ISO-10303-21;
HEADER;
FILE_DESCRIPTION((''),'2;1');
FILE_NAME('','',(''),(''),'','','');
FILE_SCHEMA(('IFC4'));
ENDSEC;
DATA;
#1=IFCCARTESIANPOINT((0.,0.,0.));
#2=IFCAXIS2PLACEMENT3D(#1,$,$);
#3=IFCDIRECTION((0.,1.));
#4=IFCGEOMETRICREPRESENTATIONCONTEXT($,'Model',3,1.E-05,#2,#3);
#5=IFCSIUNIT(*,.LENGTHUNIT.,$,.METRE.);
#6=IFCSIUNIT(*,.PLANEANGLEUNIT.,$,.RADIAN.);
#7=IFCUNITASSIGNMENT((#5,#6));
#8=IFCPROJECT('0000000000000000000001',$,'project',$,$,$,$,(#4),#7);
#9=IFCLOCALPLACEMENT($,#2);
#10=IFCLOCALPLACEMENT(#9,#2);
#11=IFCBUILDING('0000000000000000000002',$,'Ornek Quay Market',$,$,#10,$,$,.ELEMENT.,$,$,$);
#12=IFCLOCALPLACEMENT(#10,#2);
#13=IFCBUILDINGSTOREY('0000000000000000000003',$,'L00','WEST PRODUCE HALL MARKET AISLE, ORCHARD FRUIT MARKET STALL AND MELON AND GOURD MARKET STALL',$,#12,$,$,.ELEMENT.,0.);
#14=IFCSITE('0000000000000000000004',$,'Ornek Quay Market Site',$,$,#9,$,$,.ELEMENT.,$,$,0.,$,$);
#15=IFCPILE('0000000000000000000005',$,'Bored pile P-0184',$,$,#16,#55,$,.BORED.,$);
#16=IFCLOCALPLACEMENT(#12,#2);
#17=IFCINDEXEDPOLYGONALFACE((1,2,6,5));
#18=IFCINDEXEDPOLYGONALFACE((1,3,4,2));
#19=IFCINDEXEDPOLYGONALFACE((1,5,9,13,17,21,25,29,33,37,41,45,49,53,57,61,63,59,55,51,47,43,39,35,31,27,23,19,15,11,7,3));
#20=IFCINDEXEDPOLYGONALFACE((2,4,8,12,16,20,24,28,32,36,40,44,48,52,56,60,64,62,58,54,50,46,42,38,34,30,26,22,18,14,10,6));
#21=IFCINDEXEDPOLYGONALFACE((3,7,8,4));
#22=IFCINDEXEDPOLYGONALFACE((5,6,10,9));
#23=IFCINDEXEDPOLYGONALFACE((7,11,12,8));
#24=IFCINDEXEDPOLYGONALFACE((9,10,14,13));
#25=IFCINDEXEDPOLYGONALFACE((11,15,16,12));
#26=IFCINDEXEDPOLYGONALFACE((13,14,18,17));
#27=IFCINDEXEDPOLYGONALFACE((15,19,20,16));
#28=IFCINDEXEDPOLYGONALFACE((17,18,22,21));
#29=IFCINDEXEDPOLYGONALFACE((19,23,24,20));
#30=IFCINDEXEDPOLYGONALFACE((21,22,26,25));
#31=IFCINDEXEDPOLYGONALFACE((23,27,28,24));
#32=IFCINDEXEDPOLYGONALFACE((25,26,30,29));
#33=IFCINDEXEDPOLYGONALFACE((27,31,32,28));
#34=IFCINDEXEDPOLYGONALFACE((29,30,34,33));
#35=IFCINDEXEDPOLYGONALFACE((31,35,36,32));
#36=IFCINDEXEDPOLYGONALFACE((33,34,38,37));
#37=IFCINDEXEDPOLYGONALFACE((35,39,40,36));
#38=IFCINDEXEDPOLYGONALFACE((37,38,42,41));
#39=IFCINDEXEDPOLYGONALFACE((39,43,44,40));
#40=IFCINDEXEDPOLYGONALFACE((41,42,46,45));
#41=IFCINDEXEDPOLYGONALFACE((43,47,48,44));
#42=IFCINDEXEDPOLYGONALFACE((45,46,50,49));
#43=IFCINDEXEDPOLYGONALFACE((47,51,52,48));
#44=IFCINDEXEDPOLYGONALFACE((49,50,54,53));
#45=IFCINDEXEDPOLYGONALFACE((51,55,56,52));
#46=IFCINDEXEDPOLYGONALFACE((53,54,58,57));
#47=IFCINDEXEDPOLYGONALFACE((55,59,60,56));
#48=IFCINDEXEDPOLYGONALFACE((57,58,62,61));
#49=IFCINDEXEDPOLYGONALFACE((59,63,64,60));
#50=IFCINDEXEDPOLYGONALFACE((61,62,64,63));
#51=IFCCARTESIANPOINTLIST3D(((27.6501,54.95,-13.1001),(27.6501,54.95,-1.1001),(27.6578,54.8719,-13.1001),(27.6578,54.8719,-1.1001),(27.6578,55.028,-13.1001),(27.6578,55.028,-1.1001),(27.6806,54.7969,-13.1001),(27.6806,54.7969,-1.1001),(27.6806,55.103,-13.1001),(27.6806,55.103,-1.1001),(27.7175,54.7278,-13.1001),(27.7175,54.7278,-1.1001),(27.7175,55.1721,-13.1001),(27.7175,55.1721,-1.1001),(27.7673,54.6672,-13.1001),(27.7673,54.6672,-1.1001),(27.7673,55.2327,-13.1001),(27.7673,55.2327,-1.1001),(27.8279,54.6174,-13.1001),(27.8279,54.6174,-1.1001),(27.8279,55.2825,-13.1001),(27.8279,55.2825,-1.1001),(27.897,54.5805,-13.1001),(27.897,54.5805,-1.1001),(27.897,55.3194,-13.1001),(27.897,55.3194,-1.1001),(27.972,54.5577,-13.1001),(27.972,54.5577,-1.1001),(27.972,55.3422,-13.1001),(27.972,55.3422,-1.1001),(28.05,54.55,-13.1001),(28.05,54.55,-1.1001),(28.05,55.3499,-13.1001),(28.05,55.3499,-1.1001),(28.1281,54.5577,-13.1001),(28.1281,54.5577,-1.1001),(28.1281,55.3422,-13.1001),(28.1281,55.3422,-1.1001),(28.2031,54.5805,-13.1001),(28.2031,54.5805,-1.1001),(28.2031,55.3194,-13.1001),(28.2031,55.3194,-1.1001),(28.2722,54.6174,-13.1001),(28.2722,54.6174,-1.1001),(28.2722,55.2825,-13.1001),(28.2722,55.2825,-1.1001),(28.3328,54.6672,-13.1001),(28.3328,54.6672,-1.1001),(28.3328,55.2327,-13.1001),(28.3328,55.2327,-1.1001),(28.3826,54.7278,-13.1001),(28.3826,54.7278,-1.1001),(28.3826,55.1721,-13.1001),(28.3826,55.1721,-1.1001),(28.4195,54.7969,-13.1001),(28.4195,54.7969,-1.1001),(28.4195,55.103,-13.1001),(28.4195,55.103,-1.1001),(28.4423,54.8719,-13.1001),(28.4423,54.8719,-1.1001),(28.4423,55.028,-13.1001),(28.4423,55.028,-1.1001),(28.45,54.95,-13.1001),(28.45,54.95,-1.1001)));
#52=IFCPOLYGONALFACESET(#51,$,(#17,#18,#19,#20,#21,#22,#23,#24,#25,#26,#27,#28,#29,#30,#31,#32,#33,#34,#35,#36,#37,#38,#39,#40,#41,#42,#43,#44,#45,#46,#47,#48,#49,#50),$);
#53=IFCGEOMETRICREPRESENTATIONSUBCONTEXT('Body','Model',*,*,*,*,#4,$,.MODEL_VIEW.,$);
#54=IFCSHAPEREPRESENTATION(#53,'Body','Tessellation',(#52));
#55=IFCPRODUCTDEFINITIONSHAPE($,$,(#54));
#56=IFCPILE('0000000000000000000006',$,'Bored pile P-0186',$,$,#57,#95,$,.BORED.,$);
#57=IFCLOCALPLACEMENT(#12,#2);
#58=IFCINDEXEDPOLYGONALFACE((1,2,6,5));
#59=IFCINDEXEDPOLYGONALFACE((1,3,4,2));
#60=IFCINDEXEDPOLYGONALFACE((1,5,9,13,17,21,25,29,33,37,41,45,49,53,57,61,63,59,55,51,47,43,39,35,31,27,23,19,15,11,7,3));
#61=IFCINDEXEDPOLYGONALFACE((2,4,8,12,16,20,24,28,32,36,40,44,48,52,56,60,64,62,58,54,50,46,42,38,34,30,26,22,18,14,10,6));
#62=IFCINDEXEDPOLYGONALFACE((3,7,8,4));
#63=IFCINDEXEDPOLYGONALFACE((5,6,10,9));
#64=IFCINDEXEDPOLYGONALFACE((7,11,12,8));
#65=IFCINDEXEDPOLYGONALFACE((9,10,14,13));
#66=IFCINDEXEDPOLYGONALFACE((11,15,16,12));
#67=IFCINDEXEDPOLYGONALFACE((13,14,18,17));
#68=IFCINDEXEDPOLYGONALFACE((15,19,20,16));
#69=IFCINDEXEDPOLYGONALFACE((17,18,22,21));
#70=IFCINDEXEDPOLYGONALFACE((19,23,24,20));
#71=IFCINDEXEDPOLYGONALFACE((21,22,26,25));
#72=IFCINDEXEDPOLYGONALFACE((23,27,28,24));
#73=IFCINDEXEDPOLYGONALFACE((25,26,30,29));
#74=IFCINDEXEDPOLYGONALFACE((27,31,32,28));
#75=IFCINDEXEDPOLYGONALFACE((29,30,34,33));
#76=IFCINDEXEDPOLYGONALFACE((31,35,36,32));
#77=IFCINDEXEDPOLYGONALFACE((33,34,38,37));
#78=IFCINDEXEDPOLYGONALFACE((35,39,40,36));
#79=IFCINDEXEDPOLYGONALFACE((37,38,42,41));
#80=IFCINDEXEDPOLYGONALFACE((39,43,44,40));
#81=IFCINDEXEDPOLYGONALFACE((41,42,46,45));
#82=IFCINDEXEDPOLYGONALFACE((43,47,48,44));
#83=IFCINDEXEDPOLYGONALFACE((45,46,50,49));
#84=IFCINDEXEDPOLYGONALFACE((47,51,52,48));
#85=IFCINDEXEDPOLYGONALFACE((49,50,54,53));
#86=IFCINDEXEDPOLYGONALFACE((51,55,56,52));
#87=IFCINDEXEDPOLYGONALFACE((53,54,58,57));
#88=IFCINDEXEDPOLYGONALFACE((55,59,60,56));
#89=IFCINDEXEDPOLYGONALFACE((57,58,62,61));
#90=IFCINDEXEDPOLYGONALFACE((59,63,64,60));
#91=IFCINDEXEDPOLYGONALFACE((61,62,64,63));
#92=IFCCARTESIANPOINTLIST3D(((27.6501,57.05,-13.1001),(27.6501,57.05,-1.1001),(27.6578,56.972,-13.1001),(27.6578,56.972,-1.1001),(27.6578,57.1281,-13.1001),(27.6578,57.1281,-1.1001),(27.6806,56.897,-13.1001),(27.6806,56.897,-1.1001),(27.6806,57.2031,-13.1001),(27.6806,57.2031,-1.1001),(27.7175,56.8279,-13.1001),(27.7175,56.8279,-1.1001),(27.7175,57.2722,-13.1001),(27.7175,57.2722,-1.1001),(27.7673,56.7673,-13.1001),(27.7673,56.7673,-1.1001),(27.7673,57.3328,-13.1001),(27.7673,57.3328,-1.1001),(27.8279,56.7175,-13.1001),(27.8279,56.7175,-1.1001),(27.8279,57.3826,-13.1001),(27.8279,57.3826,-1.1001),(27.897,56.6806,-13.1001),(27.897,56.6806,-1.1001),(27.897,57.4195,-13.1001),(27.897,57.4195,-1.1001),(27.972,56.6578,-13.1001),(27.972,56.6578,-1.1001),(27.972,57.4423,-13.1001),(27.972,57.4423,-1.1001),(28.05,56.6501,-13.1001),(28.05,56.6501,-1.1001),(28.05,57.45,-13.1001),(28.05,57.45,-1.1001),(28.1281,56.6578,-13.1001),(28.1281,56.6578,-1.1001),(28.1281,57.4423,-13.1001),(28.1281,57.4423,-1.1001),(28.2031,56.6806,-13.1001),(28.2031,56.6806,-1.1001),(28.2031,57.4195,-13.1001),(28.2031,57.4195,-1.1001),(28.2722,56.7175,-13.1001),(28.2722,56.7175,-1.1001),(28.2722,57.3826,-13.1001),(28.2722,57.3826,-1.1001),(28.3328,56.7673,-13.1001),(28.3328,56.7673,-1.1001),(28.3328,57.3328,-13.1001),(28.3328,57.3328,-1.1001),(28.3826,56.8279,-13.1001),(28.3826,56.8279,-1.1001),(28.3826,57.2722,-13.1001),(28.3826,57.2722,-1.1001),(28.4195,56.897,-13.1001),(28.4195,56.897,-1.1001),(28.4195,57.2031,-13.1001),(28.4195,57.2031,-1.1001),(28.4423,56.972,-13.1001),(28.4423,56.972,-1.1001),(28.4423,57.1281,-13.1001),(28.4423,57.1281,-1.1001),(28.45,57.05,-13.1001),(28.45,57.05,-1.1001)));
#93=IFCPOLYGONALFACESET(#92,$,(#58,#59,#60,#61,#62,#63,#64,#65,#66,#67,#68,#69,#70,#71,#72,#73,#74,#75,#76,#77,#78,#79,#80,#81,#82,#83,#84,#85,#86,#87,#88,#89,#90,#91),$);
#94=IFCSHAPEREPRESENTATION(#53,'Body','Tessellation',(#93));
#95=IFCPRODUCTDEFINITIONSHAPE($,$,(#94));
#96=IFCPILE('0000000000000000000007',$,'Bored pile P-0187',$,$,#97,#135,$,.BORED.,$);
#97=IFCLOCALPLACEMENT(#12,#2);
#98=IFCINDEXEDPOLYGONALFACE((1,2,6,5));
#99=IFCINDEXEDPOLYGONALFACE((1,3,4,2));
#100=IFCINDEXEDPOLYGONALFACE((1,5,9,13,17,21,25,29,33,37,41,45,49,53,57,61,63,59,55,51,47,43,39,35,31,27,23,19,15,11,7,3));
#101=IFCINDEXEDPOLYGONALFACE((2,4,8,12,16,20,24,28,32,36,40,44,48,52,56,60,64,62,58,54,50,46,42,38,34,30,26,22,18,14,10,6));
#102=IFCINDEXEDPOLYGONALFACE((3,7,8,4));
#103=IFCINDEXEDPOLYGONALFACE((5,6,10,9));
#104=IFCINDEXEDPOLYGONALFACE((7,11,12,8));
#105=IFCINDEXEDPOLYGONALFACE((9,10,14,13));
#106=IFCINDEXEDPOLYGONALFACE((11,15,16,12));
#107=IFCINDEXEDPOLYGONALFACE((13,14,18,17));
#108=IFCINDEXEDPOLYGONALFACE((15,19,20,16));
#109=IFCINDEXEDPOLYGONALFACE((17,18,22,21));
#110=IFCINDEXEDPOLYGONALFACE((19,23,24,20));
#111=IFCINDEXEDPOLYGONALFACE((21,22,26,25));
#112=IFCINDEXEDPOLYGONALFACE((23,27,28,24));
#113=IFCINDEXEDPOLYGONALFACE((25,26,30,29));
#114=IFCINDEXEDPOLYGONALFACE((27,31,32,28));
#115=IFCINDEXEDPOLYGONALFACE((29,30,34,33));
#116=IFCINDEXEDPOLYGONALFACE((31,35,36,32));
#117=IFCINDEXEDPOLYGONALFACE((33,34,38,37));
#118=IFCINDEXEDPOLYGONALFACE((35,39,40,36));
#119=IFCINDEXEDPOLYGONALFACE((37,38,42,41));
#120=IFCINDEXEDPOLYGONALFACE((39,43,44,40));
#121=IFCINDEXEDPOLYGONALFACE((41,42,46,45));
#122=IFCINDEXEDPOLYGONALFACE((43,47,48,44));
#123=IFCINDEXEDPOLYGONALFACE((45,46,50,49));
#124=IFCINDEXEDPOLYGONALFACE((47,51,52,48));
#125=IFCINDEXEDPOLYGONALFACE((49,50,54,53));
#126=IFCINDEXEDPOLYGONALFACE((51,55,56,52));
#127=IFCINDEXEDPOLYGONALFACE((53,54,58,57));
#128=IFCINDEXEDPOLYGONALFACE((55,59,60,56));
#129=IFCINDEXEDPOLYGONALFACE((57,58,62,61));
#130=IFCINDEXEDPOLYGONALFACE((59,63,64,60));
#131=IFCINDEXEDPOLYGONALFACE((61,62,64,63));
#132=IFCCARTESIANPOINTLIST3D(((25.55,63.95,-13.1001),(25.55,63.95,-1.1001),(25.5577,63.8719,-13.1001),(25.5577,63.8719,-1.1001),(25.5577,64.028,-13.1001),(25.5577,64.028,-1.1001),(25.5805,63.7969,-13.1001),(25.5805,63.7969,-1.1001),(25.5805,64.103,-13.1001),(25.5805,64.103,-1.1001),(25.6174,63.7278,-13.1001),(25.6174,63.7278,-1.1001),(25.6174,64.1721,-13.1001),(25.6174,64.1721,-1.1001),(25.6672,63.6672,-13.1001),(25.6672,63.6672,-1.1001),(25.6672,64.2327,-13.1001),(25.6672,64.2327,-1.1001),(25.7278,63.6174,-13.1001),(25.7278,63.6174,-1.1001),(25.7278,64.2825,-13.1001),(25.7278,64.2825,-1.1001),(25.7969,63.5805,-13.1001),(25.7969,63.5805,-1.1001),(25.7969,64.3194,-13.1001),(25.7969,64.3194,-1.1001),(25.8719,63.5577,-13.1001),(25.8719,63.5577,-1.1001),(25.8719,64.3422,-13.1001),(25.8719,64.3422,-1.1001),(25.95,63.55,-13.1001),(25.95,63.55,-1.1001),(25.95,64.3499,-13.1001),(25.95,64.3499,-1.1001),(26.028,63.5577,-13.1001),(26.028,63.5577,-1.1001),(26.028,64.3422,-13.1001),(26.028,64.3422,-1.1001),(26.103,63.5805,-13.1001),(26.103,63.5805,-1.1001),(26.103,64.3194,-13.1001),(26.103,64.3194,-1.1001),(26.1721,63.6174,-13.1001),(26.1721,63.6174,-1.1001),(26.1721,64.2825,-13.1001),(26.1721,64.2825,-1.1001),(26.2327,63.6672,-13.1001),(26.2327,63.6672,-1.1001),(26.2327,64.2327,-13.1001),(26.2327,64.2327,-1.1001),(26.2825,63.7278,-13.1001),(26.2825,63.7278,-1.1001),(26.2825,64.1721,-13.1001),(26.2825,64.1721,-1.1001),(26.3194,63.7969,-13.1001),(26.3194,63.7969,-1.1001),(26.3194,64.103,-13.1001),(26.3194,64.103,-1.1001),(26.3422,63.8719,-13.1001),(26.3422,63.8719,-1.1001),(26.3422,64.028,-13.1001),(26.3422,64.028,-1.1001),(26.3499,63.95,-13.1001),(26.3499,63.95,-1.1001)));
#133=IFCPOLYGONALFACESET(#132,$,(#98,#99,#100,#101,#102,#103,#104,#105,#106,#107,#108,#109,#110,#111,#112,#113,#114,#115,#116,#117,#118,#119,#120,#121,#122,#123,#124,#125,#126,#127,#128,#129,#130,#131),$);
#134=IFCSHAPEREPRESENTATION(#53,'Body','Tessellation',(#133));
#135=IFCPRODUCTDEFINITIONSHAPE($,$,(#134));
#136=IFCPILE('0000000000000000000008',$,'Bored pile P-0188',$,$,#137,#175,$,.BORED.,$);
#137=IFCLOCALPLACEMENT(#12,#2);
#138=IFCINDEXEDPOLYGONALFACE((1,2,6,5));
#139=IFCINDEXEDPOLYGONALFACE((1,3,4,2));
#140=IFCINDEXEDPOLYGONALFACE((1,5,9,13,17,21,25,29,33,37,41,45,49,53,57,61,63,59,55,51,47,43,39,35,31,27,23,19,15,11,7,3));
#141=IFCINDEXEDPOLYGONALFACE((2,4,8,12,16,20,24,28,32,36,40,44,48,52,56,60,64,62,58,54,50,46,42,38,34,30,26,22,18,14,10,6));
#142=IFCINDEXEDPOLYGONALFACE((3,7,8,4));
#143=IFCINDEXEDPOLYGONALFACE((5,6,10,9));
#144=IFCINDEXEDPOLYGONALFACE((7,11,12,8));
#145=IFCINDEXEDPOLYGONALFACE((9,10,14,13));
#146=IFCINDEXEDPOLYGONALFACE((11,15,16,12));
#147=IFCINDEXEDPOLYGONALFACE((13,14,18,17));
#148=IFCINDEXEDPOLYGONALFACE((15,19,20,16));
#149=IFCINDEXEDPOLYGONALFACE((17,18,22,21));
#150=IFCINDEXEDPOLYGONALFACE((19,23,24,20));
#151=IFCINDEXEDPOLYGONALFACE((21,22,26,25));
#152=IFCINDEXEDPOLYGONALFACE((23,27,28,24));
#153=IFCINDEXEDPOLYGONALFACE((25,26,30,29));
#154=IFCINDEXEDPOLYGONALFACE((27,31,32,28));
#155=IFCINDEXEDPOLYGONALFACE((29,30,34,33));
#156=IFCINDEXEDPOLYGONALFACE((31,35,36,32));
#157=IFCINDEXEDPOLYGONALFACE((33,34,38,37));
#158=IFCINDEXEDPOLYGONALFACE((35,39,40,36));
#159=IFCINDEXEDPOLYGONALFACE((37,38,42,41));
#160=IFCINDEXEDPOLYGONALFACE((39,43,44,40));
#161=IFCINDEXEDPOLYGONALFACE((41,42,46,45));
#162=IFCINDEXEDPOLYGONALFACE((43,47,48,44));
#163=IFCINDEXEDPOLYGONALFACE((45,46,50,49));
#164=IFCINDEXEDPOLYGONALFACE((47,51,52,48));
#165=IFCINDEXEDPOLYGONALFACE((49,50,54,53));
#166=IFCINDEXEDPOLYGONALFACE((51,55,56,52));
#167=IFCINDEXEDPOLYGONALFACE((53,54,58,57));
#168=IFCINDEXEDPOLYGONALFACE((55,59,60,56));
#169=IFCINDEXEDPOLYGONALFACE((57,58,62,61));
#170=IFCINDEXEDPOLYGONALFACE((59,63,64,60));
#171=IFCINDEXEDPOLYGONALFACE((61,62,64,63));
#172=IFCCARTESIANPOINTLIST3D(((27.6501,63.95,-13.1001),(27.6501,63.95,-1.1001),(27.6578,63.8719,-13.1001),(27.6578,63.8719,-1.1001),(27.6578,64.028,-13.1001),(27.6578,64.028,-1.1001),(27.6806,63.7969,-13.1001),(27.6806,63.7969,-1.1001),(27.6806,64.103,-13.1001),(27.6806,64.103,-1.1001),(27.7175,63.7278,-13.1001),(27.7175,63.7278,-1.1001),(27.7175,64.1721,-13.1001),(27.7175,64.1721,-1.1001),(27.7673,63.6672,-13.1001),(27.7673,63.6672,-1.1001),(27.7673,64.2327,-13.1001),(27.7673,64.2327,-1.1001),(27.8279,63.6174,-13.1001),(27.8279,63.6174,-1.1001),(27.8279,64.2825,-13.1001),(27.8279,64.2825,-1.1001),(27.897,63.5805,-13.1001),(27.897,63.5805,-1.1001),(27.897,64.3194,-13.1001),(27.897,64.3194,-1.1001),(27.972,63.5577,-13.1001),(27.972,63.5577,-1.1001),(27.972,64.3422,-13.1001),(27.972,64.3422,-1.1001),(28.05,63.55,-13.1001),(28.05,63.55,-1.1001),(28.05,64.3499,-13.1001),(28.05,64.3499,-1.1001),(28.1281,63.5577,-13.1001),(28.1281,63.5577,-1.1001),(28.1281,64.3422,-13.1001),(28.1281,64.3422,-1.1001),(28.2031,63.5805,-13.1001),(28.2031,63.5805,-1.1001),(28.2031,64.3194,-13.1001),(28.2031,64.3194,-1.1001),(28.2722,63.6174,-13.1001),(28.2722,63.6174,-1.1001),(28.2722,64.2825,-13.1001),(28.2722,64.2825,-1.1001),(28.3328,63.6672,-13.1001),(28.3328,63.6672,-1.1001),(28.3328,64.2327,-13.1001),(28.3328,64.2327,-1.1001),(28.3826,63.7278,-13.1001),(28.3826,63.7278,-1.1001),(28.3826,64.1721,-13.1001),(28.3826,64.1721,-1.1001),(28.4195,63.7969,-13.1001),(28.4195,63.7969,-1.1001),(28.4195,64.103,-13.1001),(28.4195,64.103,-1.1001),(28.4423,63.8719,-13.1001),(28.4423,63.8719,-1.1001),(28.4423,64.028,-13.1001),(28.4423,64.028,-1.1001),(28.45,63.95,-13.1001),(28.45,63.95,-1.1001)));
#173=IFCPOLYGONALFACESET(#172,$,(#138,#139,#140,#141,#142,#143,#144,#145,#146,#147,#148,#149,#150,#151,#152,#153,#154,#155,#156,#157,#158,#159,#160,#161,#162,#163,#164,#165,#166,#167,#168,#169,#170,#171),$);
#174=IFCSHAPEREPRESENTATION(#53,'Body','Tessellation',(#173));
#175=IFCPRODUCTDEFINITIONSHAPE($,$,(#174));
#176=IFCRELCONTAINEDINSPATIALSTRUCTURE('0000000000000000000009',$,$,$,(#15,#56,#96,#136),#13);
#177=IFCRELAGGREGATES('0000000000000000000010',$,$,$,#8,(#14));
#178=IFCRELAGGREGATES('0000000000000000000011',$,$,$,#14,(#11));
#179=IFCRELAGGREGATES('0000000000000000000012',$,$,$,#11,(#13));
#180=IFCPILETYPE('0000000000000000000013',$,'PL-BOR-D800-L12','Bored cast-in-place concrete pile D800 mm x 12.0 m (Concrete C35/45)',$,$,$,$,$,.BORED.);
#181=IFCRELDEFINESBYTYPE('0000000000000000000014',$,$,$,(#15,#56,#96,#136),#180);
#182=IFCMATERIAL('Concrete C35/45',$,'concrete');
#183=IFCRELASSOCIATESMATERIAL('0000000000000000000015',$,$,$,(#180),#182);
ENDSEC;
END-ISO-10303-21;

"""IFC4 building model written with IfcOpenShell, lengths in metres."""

from ifc_helpers import new_model, si_unit, direction, frame, origin, origin_2d, place, context, subcontext, project, spatial, circle, extrude, material, material_profile, profile_set, type_object, element, save


model = new_model("IFC4")

# Units and contexts
model_context = context("Model", 3, precision=1e-05, world=origin(), true_north=direction((0.0, 1.0)))
body_context = subcontext(model_context, "Body", "Model", "MODEL_VIEW")
ifc_project = project(units=[si_unit("LENGTHUNIT", "METRE"), si_unit("PLANEANGLEUNIT", "RADIAN")], contexts=[model_context])

# Site, building, storey
site_placement = place(None, origin())
site = spatial("IfcSite", under=ifc_project, at=site_placement, Name="Ornek Quay Market Site", CompositionType="ELEMENT", RefElevation=0.0)
building_placement = place(site_placement, origin())
building = spatial("IfcBuilding", under=site, at=building_placement, Name="Ornek Quay Market", CompositionType="ELEMENT")
storey_placement = place(building_placement, origin())
storey = spatial("IfcBuildingStorey", under=building, at=storey_placement, Name="L00", Description="WEST PRODUCE HALL MARKET AISLE, ORCHARD FRUIT MARKET STALL AND MELON AND GOURD MARKET STALL", CompositionType="ELEMENT", Elevation=0.0)

# Piles
ifc_material_1 = material(Name="Concrete C35/45", Category="concrete")
ifc_material_profile_1 = material_profile(ifc_material_1, circle(Radius=0.3999, at=origin_2d()), Name="PILE D800", Category="concrete")
ifc_profile_set_1 = profile_set([ifc_material_profile_1], Name="Concrete C35/45")
pile_type_1 = type_object("IfcPileType", Name="PL-BOR-D800-L12", Description="Bored cast-in-place concrete pile D800 mm x 12.0 m (Concrete C35/45)", PredefinedType="BORED", material=ifc_profile_set_1)
for number, where, z_axis, x_axis, name in (
    (1, (28.05, 54.95, -1.1001), (0.0, 0.0, -1.0), (1.0, 0.0, 0.0), "Bored pile P-0184"),
    (2, (28.05, 57.05, -1.1001), (0.0, 0.0, -1.0), (1.0, 0.0, 0.0), "Bored pile P-0186"),
    (3, (25.95, 63.95, -1.1001), (0.0, 0.0, -1.0), (1.0, 0.0, 0.0), "Bored pile P-0187"),
    (4, (28.05, 63.95, -1.1001), (0.0, 0.0, -1.0), (1.0, 0.0, 0.0), "Bored pile P-0188"),
):
    element("IfcPile", number, at=place(storey_placement, frame(where, z_axis=z_axis, x_axis=x_axis)), inside=storey, type_object=pile_type_1, Name=name, PredefinedType="BORED", context=body_context, shape_type="SweptSolid", body=[
        extrude(circle(Radius=0.3999, at=origin_2d()), origin(), (0.0, 0.0, 1.0), 12.0),
    ])

save(model, "model.ifc")
